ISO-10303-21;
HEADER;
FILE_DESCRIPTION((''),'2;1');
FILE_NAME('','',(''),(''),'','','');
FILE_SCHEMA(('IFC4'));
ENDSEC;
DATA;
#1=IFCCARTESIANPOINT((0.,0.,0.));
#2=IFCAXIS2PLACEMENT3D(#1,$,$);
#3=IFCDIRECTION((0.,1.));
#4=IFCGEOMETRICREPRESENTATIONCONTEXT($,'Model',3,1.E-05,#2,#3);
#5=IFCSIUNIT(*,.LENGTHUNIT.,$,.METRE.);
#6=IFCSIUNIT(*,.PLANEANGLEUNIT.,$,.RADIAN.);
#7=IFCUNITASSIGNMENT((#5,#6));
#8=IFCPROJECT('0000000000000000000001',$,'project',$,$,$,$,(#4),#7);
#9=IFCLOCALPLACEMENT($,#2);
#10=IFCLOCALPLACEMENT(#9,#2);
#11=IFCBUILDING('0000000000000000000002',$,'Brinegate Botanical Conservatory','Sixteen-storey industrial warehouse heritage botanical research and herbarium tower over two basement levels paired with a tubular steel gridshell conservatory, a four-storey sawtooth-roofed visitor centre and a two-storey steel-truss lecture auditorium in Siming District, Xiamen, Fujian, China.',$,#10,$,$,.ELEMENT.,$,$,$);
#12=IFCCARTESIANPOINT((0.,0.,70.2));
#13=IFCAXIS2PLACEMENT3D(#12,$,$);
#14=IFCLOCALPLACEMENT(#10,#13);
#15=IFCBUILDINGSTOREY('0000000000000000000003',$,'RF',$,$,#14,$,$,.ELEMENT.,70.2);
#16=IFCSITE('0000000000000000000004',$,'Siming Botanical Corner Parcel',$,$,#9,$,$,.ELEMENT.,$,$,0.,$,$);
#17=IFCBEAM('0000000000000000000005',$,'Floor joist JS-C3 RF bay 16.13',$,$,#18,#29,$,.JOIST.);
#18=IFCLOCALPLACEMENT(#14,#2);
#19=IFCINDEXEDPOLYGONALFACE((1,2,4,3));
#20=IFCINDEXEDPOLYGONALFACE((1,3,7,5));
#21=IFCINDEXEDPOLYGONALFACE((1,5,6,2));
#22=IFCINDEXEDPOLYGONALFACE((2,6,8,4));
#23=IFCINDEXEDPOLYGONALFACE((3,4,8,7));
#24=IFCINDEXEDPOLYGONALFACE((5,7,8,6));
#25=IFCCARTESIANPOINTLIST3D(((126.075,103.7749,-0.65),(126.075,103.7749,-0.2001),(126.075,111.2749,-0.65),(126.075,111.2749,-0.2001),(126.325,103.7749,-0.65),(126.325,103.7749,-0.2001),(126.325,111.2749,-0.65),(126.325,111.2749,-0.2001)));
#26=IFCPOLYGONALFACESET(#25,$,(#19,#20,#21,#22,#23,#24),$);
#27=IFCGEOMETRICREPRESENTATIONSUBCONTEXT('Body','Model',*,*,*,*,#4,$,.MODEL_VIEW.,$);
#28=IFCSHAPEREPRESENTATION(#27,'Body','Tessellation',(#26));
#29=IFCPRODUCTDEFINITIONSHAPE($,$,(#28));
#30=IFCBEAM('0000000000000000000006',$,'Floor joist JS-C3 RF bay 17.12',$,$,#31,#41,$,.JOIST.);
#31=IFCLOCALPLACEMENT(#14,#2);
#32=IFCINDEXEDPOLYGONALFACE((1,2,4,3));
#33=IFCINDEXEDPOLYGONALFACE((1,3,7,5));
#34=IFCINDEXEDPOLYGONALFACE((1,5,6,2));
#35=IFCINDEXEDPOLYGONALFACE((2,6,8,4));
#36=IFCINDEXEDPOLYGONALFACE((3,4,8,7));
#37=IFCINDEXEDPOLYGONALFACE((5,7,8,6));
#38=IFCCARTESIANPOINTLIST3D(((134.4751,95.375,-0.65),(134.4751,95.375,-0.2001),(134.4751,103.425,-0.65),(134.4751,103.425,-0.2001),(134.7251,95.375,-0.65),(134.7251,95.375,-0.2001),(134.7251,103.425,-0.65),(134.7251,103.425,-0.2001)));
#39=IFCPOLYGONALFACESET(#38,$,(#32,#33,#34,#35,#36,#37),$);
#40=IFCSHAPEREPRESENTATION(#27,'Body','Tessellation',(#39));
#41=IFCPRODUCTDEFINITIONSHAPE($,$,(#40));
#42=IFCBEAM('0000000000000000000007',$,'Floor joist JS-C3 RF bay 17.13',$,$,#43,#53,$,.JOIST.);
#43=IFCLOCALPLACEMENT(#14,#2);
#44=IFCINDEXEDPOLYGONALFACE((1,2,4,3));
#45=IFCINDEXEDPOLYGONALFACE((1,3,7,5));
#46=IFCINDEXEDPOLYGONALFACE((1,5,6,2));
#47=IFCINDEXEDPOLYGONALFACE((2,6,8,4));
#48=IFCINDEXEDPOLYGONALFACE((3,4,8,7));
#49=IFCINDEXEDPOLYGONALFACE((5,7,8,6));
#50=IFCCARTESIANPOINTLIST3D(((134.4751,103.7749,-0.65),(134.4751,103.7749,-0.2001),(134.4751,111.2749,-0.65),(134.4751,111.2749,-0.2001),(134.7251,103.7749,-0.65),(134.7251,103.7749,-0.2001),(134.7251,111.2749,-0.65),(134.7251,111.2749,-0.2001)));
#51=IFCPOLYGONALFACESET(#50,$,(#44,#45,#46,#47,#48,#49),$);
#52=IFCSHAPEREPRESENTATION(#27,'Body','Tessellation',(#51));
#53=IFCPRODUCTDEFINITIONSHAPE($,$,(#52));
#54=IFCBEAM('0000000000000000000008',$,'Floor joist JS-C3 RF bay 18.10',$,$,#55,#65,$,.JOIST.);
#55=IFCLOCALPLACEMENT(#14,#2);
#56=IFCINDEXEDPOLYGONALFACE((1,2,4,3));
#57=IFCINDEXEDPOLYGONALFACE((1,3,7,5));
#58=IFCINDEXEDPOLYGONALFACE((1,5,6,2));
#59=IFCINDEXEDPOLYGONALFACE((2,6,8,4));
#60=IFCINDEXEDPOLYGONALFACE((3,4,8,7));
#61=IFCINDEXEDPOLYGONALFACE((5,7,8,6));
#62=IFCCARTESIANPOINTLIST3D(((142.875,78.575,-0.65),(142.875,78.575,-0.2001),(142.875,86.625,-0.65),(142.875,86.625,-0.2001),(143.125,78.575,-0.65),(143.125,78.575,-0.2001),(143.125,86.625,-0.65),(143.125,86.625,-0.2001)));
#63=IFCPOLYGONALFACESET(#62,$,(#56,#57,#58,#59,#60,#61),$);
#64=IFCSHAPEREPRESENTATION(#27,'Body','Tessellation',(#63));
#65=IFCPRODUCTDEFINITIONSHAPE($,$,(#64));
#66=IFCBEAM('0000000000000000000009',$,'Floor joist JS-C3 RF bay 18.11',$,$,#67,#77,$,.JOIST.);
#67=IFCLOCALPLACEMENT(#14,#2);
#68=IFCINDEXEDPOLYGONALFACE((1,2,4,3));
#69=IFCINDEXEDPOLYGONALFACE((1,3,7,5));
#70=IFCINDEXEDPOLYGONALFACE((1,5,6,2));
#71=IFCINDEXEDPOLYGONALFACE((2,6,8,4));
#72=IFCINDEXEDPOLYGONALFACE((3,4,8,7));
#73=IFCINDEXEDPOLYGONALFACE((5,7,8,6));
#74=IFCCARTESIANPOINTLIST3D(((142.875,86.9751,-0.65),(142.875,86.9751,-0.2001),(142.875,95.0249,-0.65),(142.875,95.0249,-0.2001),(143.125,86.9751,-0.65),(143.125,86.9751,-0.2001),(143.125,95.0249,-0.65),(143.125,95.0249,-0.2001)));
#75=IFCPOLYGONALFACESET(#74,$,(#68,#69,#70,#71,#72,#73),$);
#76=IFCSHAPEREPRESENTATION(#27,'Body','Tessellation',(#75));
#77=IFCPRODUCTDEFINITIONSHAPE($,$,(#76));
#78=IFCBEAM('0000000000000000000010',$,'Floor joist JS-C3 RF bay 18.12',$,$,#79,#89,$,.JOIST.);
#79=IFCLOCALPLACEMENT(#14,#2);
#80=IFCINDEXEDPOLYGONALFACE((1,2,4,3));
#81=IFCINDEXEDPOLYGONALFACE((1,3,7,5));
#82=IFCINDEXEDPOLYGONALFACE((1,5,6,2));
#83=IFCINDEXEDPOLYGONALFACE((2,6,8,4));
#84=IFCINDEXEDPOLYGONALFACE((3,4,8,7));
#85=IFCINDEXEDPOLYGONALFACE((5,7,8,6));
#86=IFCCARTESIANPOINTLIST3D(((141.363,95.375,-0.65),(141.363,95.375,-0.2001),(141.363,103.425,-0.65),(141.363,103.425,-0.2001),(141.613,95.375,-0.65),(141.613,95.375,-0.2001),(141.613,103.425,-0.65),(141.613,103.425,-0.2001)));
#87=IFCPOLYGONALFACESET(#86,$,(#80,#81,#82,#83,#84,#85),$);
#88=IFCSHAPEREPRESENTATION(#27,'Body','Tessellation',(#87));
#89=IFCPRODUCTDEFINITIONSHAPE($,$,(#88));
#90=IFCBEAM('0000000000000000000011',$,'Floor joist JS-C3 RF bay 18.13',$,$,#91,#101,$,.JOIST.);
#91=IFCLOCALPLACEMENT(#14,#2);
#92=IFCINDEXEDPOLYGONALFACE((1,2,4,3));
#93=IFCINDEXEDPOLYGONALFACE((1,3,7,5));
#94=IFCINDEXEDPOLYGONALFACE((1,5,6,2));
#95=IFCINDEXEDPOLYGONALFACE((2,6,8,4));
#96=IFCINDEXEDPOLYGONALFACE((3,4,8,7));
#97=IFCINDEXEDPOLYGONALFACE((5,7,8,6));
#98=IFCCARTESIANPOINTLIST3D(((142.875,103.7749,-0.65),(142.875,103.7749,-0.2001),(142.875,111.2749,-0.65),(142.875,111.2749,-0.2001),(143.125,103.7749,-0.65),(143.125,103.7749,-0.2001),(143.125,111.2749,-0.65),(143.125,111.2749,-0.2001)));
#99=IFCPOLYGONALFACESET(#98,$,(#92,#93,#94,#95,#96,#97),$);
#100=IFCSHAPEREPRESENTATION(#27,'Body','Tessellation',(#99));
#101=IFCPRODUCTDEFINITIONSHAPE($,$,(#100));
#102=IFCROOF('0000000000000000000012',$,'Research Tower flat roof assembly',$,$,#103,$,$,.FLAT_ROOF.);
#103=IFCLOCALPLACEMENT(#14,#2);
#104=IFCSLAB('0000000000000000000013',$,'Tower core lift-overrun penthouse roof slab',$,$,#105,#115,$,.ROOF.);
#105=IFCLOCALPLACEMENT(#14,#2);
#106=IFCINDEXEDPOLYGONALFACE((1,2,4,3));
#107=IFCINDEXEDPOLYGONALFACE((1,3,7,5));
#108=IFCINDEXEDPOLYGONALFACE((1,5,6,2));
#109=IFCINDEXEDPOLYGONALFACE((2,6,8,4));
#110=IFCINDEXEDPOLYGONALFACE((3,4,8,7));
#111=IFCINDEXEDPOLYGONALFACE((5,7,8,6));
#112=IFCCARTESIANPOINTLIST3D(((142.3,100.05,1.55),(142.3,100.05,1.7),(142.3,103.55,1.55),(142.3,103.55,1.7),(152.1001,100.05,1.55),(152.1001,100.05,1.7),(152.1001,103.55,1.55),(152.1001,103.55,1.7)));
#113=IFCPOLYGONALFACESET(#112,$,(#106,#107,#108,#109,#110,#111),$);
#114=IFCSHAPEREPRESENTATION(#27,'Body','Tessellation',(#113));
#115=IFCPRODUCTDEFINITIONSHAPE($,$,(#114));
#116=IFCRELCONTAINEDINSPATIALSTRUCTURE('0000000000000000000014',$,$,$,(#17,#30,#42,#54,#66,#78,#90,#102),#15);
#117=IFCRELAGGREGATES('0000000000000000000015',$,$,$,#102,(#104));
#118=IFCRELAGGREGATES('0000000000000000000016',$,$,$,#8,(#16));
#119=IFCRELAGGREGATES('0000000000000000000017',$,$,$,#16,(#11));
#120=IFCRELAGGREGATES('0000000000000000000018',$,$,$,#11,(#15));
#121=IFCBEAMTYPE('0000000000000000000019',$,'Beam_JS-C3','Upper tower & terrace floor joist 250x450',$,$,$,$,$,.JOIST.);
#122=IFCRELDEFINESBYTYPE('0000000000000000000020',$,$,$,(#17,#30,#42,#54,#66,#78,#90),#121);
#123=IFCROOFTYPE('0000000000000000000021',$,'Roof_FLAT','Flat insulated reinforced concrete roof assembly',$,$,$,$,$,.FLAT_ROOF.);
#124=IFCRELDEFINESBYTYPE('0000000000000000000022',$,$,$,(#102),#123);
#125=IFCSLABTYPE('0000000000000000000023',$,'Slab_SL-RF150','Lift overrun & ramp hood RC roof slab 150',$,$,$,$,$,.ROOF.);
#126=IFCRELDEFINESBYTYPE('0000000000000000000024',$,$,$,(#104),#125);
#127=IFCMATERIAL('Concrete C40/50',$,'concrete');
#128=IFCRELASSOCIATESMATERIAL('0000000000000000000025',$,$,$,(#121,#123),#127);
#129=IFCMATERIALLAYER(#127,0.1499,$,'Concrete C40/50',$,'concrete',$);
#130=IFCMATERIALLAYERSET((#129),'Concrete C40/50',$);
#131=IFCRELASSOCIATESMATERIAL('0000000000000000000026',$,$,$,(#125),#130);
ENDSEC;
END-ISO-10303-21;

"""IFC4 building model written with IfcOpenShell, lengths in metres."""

from ifc_helpers import new_model, si_unit, direction, frame, origin, origin_2d, place, context, subcontext, project, spatial, polyline, rectangle, outline, extrude, material, layer, layer_set, material_profile, profile_set, type_object, element, aggregate, save


model = new_model("IFC4")

# Units and contexts
model_context = context("Model", 3, precision=1e-05, world=origin(), true_north=direction((0.0, 1.0)))
body_context = subcontext(model_context, "Body", "Model", "MODEL_VIEW")
ifc_project = project(units=[si_unit("LENGTHUNIT", "METRE"), si_unit("PLANEANGLEUNIT", "RADIAN")], contexts=[model_context])

# Site, building, storey
site_placement = place(None, origin())
site = spatial("IfcSite", under=ifc_project, at=site_placement, Name="Siming Botanical Corner Parcel", CompositionType="ELEMENT", RefElevation=0.0)
building_placement = place(site_placement, origin())
building = spatial("IfcBuilding", under=site, at=building_placement, Name="Brinegate Botanical Conservatory", Description="Sixteen-storey industrial warehouse heritage botanical research and herbarium tower over two basement levels paired with a tubular steel gridshell conservatory, a four-storey sawtooth-roofed visitor centre and a two-storey steel-truss lecture auditorium in Siming District, Xiamen, Fujian, China.", CompositionType="ELEMENT")
storey_placement = place(building_placement, frame((0.0, 0.0, 70.2)))
storey = spatial("IfcBuildingStorey", under=building, at=storey_placement, Name="RF", CompositionType="ELEMENT", Elevation=70.2)

# Beams
ifc_material_1 = material(Name="Concrete C40/50", Category="concrete")
ifc_material_profile_1 = material_profile(ifc_material_1, rectangle(XDim=0.25, YDim=0.45, at=origin_2d()), Name="RC JST 250x450")
ifc_profile_set_1 = profile_set([ifc_material_profile_1], Name="Concrete C40/50")
beam_type_1 = type_object("IfcBeamType", Name="Beam_JS-C3", Description="Upper tower & terrace floor joist 250x450", PredefinedType="JOIST", material=ifc_profile_set_1)
beam_1_placement = place(storey_placement, frame((126.2, 103.7749, -0.425), z_axis=(0.0, 1.0, 0.0), x_axis=(-1.0, 0.0, 0.0)))
element("IfcBeam", 1, at=beam_1_placement, inside=storey, type_object=beam_type_1, Name="Floor joist JS-C3 RF bay 16.13", PredefinedType="JOIST", context=body_context, shape_type="SweptSolid", body=[
    extrude(rectangle(XDim=0.25, YDim=0.45, at=origin_2d()), origin(), (0.0, 0.0, 1.0), 7.5),
])
beam_2_placement = place(storey_placement, frame((134.6001, 95.375, -0.425), z_axis=(0.0, 1.0, 0.0), x_axis=(-1.0, 0.0, 0.0)))
element("IfcBeam", 2, at=beam_2_placement, inside=storey, type_object=beam_type_1, Name="Floor joist JS-C3 RF bay 17.12", PredefinedType="JOIST", context=body_context, shape_type="SweptSolid", body=[
    extrude(rectangle(XDim=0.25, YDim=0.45, at=origin_2d()), origin(), (0.0, 0.0, 1.0), 8.05),
])
beam_3_placement = place(storey_placement, frame((134.6001, 103.7749, -0.425), z_axis=(0.0, 1.0, 0.0), x_axis=(-1.0, 0.0, 0.0)))
element("IfcBeam", 3, at=beam_3_placement, inside=storey, type_object=beam_type_1, Name="Floor joist JS-C3 RF bay 17.13", PredefinedType="JOIST", context=body_context, shape_type="SweptSolid", body=[
    extrude(rectangle(XDim=0.25, YDim=0.45, at=origin_2d()), origin(), (0.0, 0.0, 1.0), 7.5),
])
beam_4_placement = place(storey_placement, frame((143.0, 78.575, -0.425), z_axis=(0.0, 1.0, 0.0), x_axis=(-1.0, 0.0, 0.0)))
element("IfcBeam", 4, at=beam_4_placement, inside=storey, type_object=beam_type_1, Name="Floor joist JS-C3 RF bay 18.10", PredefinedType="JOIST", context=body_context, shape_type="SweptSolid", body=[
    extrude(rectangle(XDim=0.25, YDim=0.45, at=origin_2d()), origin(), (0.0, 0.0, 1.0), 8.05),
])
beam_5_placement = place(storey_placement, frame((143.0, 86.9751, -0.425), z_axis=(0.0, 1.0, 0.0), x_axis=(-1.0, 0.0, 0.0)))
element("IfcBeam", 5, at=beam_5_placement, inside=storey, type_object=beam_type_1, Name="Floor joist JS-C3 RF bay 18.11", PredefinedType="JOIST", context=body_context, shape_type="SweptSolid", body=[
    extrude(rectangle(XDim=0.25, YDim=0.45, at=origin_2d()), origin(), (0.0, 0.0, 1.0), 8.0498),
])
beam_6_placement = place(storey_placement, frame((141.488, 95.375, -0.425), z_axis=(0.0, 1.0, 0.0), x_axis=(-1.0, 0.0, 0.0)))
element("IfcBeam", 6, at=beam_6_placement, inside=storey, type_object=beam_type_1, Name="Floor joist JS-C3 RF bay 18.12", PredefinedType="JOIST", context=body_context, shape_type="SweptSolid", body=[
    extrude(rectangle(XDim=0.25, YDim=0.45, at=origin_2d()), origin(), (0.0, 0.0, 1.0), 8.05),
])
beam_7_placement = place(storey_placement, frame((143.0, 103.7749, -0.425), z_axis=(0.0, 1.0, 0.0), x_axis=(-1.0, 0.0, 0.0)))
element("IfcBeam", 7, at=beam_7_placement, inside=storey, type_object=beam_type_1, Name="Floor joist JS-C3 RF bay 18.13", PredefinedType="JOIST", context=body_context, shape_type="SweptSolid", body=[
    extrude(rectangle(XDim=0.25, YDim=0.45, at=origin_2d()), origin(), (0.0, 0.0, 1.0), 7.5),
])

# Roof, slab
roof_type = type_object("IfcRoofType", Name="Roof_FLAT", Description="Flat insulated reinforced concrete roof assembly", PredefinedType="FLAT_ROOF", material=ifc_material_1)
roof_placement = place(storey_placement, origin())
roof = element("IfcRoof", 8, at=roof_placement, inside=storey, type_object=roof_type, Name="Research Tower flat roof assembly", PredefinedType="FLAT_ROOF")
ifc_layer_1 = layer(ifc_material_1, 0.1499, Name="Concrete C40/50", Category="concrete")
ifc_layer_set_1 = layer_set([ifc_layer_1], Name="Concrete C40/50")
slab_type_1 = type_object("IfcSlabType", Name="Slab_SL-RF150", Description="Lift overrun & ramp hood RC roof slab 150", PredefinedType="ROOF", material=ifc_layer_set_1)
slab_1_placement = place(storey_placement, frame((0.0, 0.0, 1.55)))
slab_1 = element("IfcSlab", 9, at=slab_1_placement, type_object=slab_type_1, Name="Tower core lift-overrun penthouse roof slab", PredefinedType="ROOF", context=body_context, shape_type="SweptSolid", body=[
    extrude(outline(polyline([(142.3, 100.05), (152.1001, 100.05), (152.1001, 103.55), (142.3, 103.55), (142.3, 100.05)])), origin(), (0.0, 0.0, 1.0), 0.1499),
])
aggregate(roof, [slab_1])

save(model, "model.ifc")
